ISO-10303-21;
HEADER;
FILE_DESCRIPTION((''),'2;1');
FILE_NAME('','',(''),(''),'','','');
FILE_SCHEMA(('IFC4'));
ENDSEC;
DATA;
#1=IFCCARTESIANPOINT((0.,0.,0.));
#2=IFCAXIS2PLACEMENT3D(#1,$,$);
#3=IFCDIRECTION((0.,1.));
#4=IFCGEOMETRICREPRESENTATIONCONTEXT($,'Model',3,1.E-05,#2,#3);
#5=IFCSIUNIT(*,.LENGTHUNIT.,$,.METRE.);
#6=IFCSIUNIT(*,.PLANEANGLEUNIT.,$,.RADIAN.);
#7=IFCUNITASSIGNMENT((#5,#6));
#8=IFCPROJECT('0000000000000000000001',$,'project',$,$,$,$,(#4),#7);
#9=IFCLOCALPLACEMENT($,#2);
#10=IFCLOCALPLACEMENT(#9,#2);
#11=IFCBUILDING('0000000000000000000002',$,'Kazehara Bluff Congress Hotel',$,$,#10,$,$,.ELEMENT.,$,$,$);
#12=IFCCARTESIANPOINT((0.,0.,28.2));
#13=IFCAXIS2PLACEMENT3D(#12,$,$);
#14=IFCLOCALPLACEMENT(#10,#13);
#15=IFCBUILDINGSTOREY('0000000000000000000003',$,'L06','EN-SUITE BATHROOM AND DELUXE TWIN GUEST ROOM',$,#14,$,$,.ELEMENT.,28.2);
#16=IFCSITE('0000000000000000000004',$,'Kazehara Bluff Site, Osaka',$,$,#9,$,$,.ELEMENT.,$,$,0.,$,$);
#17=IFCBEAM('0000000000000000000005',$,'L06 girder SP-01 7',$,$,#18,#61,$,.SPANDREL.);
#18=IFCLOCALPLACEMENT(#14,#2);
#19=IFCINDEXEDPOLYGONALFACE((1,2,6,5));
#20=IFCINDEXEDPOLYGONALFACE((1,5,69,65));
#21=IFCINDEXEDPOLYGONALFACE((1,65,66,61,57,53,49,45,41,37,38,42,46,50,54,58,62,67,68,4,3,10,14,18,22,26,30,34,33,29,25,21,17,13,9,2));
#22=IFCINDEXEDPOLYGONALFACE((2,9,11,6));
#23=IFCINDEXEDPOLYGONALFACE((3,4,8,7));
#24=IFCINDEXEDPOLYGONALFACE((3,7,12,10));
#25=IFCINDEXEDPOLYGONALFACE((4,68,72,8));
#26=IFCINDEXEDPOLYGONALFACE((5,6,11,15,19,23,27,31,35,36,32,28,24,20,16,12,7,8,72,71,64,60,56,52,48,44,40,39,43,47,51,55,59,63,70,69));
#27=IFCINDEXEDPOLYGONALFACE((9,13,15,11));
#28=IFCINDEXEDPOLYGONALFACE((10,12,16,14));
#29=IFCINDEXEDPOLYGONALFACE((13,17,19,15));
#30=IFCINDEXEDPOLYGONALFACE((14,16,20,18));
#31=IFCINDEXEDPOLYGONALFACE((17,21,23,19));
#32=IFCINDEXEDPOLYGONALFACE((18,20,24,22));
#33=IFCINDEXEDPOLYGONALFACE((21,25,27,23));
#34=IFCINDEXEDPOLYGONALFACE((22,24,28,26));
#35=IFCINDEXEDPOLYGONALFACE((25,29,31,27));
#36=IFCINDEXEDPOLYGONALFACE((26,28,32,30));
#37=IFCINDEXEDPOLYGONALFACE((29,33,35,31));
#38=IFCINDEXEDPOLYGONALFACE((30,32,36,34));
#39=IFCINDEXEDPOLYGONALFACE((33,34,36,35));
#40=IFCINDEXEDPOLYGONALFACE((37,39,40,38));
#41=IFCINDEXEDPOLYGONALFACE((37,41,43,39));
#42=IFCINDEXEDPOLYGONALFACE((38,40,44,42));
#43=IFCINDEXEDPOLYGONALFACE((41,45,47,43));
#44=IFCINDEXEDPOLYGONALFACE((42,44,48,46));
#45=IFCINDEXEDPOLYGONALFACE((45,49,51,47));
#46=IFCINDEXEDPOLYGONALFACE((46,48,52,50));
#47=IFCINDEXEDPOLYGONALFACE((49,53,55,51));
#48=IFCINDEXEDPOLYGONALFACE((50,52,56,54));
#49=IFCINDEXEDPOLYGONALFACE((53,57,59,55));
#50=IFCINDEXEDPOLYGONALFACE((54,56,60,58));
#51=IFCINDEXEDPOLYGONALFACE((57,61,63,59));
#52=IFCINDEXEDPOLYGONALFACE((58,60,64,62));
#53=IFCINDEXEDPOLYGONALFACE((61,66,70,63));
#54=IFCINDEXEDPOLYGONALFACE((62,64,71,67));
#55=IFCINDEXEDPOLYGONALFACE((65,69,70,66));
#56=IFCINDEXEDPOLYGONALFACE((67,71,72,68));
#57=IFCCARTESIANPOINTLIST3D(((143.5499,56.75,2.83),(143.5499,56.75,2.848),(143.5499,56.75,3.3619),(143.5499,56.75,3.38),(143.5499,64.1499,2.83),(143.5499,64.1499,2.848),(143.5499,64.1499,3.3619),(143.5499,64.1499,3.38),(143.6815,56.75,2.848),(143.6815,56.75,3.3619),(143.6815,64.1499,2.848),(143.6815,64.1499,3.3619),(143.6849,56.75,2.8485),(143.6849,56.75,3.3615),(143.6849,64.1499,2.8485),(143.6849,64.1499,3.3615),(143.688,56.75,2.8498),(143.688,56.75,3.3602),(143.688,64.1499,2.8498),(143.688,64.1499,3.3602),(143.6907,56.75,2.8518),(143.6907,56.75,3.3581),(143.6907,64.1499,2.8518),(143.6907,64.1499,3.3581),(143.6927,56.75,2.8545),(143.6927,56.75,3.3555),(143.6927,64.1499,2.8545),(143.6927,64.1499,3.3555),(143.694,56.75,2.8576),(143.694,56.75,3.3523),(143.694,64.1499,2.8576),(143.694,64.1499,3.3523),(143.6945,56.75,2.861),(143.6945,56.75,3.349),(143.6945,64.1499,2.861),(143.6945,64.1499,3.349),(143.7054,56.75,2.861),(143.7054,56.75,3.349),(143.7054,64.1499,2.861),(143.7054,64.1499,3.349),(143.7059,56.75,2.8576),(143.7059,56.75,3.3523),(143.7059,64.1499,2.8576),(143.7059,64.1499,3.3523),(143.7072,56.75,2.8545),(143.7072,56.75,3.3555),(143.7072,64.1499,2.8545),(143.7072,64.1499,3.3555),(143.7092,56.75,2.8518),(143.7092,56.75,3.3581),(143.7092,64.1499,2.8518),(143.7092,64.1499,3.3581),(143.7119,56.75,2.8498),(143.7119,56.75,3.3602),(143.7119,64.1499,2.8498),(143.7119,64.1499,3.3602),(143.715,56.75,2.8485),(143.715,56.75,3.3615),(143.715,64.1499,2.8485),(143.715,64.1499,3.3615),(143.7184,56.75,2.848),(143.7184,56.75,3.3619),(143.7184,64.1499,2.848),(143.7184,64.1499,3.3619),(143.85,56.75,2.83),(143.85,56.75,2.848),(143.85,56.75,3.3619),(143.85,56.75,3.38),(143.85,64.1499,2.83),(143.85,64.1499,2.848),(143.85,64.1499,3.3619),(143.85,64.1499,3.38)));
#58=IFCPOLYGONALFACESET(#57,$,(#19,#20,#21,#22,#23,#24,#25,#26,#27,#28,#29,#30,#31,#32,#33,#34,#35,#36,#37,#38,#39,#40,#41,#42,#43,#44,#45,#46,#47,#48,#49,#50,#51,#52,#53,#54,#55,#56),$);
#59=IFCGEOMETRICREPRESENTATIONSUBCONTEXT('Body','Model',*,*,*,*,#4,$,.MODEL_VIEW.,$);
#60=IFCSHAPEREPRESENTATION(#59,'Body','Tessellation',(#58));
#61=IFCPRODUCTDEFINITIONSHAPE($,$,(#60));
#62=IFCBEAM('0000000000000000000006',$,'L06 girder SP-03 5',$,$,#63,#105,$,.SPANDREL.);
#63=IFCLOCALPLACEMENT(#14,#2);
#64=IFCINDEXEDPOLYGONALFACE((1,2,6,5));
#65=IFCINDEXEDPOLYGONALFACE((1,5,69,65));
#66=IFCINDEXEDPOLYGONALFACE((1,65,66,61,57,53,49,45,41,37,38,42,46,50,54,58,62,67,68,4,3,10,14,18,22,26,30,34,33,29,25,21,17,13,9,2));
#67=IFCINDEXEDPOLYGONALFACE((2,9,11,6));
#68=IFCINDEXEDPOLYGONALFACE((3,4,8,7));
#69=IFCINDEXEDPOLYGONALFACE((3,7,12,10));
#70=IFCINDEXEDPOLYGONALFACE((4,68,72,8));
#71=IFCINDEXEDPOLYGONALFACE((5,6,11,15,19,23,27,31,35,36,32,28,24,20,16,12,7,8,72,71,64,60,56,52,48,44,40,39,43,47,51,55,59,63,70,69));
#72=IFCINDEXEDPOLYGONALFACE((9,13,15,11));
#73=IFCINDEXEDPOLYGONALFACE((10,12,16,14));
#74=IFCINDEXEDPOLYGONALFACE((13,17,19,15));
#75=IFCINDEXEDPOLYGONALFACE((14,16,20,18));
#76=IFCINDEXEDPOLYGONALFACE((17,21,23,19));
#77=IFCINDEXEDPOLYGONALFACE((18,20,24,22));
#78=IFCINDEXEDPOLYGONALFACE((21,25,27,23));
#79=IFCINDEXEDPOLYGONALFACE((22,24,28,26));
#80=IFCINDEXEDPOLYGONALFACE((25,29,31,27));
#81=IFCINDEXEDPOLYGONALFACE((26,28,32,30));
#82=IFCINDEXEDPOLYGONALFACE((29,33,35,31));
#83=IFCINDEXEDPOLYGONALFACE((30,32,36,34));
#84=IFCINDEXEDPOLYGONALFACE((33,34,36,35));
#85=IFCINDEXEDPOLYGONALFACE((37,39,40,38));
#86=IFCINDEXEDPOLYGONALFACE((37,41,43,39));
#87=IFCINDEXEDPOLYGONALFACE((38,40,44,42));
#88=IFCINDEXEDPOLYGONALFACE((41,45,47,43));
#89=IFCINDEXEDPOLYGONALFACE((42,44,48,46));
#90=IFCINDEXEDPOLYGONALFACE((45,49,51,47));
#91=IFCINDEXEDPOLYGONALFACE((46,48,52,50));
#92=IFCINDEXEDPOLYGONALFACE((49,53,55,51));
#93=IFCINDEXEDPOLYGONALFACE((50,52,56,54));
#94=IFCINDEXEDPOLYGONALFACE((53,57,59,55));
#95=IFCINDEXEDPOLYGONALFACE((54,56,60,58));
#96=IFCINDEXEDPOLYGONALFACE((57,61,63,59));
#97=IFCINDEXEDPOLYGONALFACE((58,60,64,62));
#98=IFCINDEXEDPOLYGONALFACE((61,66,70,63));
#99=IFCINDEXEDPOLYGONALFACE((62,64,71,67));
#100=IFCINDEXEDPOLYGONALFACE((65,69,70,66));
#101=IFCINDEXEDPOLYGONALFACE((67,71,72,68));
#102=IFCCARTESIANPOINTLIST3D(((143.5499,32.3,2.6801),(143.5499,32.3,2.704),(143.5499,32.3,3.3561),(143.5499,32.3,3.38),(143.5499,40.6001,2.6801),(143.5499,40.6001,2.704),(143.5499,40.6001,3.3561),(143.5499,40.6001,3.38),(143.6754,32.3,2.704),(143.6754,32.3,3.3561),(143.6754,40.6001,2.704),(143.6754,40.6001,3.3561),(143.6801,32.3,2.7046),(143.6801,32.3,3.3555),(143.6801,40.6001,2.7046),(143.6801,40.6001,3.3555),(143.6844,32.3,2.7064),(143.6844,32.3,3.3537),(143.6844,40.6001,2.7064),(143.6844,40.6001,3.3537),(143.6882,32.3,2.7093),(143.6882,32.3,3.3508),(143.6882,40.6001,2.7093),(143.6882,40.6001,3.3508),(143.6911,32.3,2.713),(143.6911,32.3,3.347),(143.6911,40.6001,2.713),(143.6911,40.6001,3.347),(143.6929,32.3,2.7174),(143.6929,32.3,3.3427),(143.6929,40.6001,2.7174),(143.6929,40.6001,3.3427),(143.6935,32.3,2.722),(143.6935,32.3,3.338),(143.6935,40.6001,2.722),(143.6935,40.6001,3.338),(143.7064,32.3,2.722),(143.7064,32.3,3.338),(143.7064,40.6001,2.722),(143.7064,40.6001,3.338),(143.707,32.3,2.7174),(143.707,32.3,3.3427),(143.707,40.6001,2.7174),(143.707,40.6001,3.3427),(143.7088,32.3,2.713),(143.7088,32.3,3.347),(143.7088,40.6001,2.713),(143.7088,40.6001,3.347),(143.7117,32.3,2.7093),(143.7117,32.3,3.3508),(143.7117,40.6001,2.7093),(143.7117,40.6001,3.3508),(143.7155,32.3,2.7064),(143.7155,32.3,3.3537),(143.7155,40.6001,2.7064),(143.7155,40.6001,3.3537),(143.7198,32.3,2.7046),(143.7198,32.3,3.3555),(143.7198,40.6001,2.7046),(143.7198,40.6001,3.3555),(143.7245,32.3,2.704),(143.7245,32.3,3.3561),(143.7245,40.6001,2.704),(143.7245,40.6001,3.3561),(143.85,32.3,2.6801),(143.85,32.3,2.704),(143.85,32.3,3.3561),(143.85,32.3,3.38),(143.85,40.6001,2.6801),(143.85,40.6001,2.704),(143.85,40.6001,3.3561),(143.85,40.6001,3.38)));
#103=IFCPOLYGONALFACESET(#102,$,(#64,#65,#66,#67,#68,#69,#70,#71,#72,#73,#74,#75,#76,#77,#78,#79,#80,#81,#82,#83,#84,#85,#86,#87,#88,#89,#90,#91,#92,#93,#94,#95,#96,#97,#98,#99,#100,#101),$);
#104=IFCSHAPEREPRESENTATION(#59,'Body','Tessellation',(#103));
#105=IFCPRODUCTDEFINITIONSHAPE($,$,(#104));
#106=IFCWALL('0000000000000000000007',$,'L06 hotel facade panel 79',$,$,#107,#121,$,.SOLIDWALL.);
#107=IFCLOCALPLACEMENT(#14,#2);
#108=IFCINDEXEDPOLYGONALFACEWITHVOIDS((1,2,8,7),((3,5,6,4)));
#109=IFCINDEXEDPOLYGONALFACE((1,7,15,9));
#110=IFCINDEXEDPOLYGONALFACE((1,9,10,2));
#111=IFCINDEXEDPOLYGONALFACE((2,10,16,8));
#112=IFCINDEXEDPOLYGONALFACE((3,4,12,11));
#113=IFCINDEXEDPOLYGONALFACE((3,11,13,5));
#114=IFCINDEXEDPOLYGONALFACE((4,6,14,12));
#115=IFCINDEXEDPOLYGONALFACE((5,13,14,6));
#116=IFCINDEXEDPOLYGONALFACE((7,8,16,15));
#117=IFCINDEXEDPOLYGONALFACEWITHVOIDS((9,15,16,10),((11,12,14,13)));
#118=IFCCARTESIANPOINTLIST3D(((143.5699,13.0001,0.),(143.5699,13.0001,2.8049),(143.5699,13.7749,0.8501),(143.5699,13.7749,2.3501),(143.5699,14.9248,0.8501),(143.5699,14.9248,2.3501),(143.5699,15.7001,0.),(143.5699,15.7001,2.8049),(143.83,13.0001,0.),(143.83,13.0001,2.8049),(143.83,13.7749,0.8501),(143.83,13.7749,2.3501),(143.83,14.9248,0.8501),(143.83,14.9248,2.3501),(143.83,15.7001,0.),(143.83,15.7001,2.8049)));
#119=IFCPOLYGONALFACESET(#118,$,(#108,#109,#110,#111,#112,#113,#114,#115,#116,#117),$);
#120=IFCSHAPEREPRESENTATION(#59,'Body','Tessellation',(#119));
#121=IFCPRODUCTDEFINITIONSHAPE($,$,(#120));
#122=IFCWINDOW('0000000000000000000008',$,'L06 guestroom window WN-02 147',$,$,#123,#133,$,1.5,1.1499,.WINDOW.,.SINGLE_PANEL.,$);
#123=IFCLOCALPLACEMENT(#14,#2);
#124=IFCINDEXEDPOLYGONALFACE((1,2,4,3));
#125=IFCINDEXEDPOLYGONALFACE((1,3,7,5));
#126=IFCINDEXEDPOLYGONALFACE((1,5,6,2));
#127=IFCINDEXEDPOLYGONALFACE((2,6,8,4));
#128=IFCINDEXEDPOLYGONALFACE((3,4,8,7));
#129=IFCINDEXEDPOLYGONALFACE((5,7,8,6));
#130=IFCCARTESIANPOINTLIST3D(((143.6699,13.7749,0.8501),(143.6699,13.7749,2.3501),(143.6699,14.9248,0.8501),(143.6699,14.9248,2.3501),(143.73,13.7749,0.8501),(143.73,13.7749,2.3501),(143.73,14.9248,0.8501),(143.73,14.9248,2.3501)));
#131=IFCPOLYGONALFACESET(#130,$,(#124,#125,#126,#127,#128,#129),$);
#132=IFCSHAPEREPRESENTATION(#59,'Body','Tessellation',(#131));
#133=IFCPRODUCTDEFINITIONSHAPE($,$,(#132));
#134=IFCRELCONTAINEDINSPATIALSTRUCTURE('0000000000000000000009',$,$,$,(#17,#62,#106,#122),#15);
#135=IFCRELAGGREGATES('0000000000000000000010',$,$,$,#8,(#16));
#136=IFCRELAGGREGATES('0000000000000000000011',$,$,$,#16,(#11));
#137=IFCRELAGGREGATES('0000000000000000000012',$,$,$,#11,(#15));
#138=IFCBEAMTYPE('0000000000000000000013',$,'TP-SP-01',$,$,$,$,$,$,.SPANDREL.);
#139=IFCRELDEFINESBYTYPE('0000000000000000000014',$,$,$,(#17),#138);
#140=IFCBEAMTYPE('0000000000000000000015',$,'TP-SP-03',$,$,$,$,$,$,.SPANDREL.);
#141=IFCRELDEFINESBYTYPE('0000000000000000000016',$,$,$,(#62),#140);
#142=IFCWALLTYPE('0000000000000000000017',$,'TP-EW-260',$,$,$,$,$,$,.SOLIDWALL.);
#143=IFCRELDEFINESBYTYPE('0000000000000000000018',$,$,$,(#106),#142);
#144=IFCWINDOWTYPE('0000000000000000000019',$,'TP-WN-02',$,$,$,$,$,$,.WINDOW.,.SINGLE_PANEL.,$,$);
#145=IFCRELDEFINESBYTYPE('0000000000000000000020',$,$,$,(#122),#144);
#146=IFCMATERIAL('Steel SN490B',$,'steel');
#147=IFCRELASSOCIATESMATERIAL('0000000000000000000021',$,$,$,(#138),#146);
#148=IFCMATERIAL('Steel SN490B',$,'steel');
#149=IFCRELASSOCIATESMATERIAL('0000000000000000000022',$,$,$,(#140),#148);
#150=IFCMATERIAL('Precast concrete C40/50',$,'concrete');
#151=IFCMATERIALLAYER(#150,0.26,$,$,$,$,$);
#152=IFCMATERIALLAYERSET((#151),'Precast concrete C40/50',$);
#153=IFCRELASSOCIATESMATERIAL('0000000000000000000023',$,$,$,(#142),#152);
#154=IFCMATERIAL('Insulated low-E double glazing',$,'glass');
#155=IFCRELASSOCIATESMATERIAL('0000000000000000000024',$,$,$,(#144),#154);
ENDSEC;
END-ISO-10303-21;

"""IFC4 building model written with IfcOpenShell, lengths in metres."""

from ifc_helpers import new_model, si_unit, direction, frame, frame_2d, origin, origin_2d, place, context, subcontext, project, spatial, rectangle, i_section, extrude, material, layer, layer_set, material_profile, profile_set, type_object, element, fill, save


model = new_model("IFC4")

# Units and contexts
model_context = context("Model", 3, precision=1e-05, world=origin(), true_north=direction((0.0, 1.0)))
body_context = subcontext(model_context, "Body", "Model", "MODEL_VIEW")
ifc_project = project(units=[si_unit("LENGTHUNIT", "METRE"), si_unit("PLANEANGLEUNIT", "RADIAN")], contexts=[model_context])

# Site, building, storey
site_placement = place(None, origin())
site = spatial("IfcSite", under=ifc_project, at=site_placement, Name="Kazehara Bluff Site, Osaka", CompositionType="ELEMENT", RefElevation=0.0)
building_placement = place(site_placement, origin())
building = spatial("IfcBuilding", under=site, at=building_placement, Name="Kazehara Bluff Congress Hotel", CompositionType="ELEMENT")
storey_placement = place(building_placement, frame((0.0, 0.0, 28.2)))
storey = spatial("IfcBuildingStorey", under=building, at=storey_placement, Name="L06", Description="EN-SUITE BATHROOM AND DELUXE TWIN GUEST ROOM", CompositionType="ELEMENT", Elevation=28.2)

# Beams
ifc_material_1 = material(Name="Steel SN490B", Category="steel")
ifc_material_profile_1 = material_profile(ifc_material_1, i_section(OverallWidth=0.3, OverallDepth=0.55, WebThickness=0.011, FlangeThickness=0.0181, FilletRadius=0.0129, at=origin_2d()))
ifc_profile_set_1 = profile_set([ifc_material_profile_1], Name="Steel SN490B")
beam_type_1 = type_object("IfcBeamType", Name="TP-SP-01", PredefinedType="SPANDREL", material=ifc_profile_set_1)
for number, where, z_axis, x_axis, name in (
    (1, (143.7, 56.75, 3.105), (0.0, 1.0, 0.0), (-1.0, 0.0, 0.0), "L06 girder SP-01 7"),
):
    element("IfcBeam", number, at=place(storey_placement, frame(where, z_axis=z_axis, x_axis=x_axis)), inside=storey, type_object=beam_type_1, Name=name, PredefinedType="SPANDREL", context=body_context, shape_type="SweptSolid", body=[
        extrude(i_section(OverallWidth=0.3, OverallDepth=0.55, WebThickness=0.011, FlangeThickness=0.0181, FilletRadius=0.0129, at=origin_2d()), origin(), (0.0, 0.0, 1.0), 7.3999),
    ])
ifc_material_2 = material(Name="Steel SN490B", Category="steel")
ifc_material_profile_2 = material_profile(ifc_material_2, i_section(OverallWidth=0.3, OverallDepth=0.7, WebThickness=0.0129, FlangeThickness=0.0239, FilletRadius=0.0181, at=origin_2d()))
ifc_profile_set_2 = profile_set([ifc_material_profile_2], Name="Steel SN490B")
beam_type_2 = type_object("IfcBeamType", Name="TP-SP-03", PredefinedType="SPANDREL", material=ifc_profile_set_2)
beam_1_placement = place(storey_placement, frame((143.7, 32.3, 3.03), z_axis=(0.0, 1.0, 0.0), x_axis=(-1.0, 0.0, 0.0)))
element("IfcBeam", 2, at=beam_1_placement, inside=storey, type_object=beam_type_2, Name="L06 girder SP-03 5", PredefinedType="SPANDREL", context=body_context, shape_type="SweptSolid", body=[
    extrude(i_section(OverallWidth=0.3, OverallDepth=0.7, WebThickness=0.0129, FlangeThickness=0.0239, FilletRadius=0.0181, at=origin_2d()), origin(), (0.0, 0.0, 1.0), 8.3),
])

# Wall, opening, window
ifc_material_3 = material(Name="Precast concrete C40/50", Category="concrete")
ifc_layer = layer(ifc_material_3, 0.26)
ifc_layer_set = layer_set([ifc_layer], Name="Precast concrete C40/50")
wall_type = type_object("IfcWallType", Name="TP-EW-260", PredefinedType="SOLIDWALL", material=ifc_layer_set)
wall_1_placement = place(storey_placement, frame((143.7, 13.0, 0.0), z_axis=(0.0, 0.0, 1.0), x_axis=(0.0, 1.0, 0.0)))
wall_1 = element("IfcWall", 3, at=wall_1_placement, inside=storey, type_object=wall_type, Name="L06 hotel facade panel 79", PredefinedType="SOLIDWALL", context=body_context, shape_type="SweptSolid", body=[
    extrude(rectangle(XDim=2.7, YDim=0.26, at=frame_2d((1.3501, 0.0))), origin(), (0.0, 0.0, 1.0), 2.8049),
])
opening_1_placement = place(wall_1_placement, frame((0.7749, 0.0, 0.8501)))
opening_1 = element("IfcOpeningElement", 4, at=opening_1_placement, cuts=wall_1, PredefinedType="OPENING", context=body_context, shape_type="SweptSolid", body=[
    extrude(rectangle(XDim=1.1499, YDim=1.5, at=frame_2d((0.575, 0.75))), frame((0.0, 0.1399, 0.0), z_axis=(0.0, -1.0, 0.0), x_axis=(1.0, 0.0, 0.0)), (0.0, 0.0, 1.0), 0.28),
])
ifc_material_4 = material(Name="Insulated low-E double glazing", Category="glass")
window_type_1 = type_object("IfcWindowType", Name="TP-WN-02", PartitioningType="SINGLE_PANEL", PredefinedType="WINDOW", material=ifc_material_4)
window_1_placement = place(opening_1_placement, origin())
window_1 = element("IfcWindow", 5, at=window_1_placement, inside=storey, type_object=window_type_1, Name="L06 guestroom window WN-02 147", OverallHeight=1.5, OverallWidth=1.1499, PartitioningType="SINGLE_PANEL", PredefinedType="WINDOW", context=body_context, shape_type="SweptSolid", body=[
    extrude(rectangle(XDim=1.1499, YDim=1.5, at=frame_2d((0.575, 0.75))), frame((0.0, 0.03, 0.0), z_axis=(0.0, -1.0, 0.0), x_axis=(1.0, 0.0, 0.0)), (0.0, 0.0, 1.0), 0.0601),
])
fill(opening_1, window_1)

save(model, "model.ifc")
